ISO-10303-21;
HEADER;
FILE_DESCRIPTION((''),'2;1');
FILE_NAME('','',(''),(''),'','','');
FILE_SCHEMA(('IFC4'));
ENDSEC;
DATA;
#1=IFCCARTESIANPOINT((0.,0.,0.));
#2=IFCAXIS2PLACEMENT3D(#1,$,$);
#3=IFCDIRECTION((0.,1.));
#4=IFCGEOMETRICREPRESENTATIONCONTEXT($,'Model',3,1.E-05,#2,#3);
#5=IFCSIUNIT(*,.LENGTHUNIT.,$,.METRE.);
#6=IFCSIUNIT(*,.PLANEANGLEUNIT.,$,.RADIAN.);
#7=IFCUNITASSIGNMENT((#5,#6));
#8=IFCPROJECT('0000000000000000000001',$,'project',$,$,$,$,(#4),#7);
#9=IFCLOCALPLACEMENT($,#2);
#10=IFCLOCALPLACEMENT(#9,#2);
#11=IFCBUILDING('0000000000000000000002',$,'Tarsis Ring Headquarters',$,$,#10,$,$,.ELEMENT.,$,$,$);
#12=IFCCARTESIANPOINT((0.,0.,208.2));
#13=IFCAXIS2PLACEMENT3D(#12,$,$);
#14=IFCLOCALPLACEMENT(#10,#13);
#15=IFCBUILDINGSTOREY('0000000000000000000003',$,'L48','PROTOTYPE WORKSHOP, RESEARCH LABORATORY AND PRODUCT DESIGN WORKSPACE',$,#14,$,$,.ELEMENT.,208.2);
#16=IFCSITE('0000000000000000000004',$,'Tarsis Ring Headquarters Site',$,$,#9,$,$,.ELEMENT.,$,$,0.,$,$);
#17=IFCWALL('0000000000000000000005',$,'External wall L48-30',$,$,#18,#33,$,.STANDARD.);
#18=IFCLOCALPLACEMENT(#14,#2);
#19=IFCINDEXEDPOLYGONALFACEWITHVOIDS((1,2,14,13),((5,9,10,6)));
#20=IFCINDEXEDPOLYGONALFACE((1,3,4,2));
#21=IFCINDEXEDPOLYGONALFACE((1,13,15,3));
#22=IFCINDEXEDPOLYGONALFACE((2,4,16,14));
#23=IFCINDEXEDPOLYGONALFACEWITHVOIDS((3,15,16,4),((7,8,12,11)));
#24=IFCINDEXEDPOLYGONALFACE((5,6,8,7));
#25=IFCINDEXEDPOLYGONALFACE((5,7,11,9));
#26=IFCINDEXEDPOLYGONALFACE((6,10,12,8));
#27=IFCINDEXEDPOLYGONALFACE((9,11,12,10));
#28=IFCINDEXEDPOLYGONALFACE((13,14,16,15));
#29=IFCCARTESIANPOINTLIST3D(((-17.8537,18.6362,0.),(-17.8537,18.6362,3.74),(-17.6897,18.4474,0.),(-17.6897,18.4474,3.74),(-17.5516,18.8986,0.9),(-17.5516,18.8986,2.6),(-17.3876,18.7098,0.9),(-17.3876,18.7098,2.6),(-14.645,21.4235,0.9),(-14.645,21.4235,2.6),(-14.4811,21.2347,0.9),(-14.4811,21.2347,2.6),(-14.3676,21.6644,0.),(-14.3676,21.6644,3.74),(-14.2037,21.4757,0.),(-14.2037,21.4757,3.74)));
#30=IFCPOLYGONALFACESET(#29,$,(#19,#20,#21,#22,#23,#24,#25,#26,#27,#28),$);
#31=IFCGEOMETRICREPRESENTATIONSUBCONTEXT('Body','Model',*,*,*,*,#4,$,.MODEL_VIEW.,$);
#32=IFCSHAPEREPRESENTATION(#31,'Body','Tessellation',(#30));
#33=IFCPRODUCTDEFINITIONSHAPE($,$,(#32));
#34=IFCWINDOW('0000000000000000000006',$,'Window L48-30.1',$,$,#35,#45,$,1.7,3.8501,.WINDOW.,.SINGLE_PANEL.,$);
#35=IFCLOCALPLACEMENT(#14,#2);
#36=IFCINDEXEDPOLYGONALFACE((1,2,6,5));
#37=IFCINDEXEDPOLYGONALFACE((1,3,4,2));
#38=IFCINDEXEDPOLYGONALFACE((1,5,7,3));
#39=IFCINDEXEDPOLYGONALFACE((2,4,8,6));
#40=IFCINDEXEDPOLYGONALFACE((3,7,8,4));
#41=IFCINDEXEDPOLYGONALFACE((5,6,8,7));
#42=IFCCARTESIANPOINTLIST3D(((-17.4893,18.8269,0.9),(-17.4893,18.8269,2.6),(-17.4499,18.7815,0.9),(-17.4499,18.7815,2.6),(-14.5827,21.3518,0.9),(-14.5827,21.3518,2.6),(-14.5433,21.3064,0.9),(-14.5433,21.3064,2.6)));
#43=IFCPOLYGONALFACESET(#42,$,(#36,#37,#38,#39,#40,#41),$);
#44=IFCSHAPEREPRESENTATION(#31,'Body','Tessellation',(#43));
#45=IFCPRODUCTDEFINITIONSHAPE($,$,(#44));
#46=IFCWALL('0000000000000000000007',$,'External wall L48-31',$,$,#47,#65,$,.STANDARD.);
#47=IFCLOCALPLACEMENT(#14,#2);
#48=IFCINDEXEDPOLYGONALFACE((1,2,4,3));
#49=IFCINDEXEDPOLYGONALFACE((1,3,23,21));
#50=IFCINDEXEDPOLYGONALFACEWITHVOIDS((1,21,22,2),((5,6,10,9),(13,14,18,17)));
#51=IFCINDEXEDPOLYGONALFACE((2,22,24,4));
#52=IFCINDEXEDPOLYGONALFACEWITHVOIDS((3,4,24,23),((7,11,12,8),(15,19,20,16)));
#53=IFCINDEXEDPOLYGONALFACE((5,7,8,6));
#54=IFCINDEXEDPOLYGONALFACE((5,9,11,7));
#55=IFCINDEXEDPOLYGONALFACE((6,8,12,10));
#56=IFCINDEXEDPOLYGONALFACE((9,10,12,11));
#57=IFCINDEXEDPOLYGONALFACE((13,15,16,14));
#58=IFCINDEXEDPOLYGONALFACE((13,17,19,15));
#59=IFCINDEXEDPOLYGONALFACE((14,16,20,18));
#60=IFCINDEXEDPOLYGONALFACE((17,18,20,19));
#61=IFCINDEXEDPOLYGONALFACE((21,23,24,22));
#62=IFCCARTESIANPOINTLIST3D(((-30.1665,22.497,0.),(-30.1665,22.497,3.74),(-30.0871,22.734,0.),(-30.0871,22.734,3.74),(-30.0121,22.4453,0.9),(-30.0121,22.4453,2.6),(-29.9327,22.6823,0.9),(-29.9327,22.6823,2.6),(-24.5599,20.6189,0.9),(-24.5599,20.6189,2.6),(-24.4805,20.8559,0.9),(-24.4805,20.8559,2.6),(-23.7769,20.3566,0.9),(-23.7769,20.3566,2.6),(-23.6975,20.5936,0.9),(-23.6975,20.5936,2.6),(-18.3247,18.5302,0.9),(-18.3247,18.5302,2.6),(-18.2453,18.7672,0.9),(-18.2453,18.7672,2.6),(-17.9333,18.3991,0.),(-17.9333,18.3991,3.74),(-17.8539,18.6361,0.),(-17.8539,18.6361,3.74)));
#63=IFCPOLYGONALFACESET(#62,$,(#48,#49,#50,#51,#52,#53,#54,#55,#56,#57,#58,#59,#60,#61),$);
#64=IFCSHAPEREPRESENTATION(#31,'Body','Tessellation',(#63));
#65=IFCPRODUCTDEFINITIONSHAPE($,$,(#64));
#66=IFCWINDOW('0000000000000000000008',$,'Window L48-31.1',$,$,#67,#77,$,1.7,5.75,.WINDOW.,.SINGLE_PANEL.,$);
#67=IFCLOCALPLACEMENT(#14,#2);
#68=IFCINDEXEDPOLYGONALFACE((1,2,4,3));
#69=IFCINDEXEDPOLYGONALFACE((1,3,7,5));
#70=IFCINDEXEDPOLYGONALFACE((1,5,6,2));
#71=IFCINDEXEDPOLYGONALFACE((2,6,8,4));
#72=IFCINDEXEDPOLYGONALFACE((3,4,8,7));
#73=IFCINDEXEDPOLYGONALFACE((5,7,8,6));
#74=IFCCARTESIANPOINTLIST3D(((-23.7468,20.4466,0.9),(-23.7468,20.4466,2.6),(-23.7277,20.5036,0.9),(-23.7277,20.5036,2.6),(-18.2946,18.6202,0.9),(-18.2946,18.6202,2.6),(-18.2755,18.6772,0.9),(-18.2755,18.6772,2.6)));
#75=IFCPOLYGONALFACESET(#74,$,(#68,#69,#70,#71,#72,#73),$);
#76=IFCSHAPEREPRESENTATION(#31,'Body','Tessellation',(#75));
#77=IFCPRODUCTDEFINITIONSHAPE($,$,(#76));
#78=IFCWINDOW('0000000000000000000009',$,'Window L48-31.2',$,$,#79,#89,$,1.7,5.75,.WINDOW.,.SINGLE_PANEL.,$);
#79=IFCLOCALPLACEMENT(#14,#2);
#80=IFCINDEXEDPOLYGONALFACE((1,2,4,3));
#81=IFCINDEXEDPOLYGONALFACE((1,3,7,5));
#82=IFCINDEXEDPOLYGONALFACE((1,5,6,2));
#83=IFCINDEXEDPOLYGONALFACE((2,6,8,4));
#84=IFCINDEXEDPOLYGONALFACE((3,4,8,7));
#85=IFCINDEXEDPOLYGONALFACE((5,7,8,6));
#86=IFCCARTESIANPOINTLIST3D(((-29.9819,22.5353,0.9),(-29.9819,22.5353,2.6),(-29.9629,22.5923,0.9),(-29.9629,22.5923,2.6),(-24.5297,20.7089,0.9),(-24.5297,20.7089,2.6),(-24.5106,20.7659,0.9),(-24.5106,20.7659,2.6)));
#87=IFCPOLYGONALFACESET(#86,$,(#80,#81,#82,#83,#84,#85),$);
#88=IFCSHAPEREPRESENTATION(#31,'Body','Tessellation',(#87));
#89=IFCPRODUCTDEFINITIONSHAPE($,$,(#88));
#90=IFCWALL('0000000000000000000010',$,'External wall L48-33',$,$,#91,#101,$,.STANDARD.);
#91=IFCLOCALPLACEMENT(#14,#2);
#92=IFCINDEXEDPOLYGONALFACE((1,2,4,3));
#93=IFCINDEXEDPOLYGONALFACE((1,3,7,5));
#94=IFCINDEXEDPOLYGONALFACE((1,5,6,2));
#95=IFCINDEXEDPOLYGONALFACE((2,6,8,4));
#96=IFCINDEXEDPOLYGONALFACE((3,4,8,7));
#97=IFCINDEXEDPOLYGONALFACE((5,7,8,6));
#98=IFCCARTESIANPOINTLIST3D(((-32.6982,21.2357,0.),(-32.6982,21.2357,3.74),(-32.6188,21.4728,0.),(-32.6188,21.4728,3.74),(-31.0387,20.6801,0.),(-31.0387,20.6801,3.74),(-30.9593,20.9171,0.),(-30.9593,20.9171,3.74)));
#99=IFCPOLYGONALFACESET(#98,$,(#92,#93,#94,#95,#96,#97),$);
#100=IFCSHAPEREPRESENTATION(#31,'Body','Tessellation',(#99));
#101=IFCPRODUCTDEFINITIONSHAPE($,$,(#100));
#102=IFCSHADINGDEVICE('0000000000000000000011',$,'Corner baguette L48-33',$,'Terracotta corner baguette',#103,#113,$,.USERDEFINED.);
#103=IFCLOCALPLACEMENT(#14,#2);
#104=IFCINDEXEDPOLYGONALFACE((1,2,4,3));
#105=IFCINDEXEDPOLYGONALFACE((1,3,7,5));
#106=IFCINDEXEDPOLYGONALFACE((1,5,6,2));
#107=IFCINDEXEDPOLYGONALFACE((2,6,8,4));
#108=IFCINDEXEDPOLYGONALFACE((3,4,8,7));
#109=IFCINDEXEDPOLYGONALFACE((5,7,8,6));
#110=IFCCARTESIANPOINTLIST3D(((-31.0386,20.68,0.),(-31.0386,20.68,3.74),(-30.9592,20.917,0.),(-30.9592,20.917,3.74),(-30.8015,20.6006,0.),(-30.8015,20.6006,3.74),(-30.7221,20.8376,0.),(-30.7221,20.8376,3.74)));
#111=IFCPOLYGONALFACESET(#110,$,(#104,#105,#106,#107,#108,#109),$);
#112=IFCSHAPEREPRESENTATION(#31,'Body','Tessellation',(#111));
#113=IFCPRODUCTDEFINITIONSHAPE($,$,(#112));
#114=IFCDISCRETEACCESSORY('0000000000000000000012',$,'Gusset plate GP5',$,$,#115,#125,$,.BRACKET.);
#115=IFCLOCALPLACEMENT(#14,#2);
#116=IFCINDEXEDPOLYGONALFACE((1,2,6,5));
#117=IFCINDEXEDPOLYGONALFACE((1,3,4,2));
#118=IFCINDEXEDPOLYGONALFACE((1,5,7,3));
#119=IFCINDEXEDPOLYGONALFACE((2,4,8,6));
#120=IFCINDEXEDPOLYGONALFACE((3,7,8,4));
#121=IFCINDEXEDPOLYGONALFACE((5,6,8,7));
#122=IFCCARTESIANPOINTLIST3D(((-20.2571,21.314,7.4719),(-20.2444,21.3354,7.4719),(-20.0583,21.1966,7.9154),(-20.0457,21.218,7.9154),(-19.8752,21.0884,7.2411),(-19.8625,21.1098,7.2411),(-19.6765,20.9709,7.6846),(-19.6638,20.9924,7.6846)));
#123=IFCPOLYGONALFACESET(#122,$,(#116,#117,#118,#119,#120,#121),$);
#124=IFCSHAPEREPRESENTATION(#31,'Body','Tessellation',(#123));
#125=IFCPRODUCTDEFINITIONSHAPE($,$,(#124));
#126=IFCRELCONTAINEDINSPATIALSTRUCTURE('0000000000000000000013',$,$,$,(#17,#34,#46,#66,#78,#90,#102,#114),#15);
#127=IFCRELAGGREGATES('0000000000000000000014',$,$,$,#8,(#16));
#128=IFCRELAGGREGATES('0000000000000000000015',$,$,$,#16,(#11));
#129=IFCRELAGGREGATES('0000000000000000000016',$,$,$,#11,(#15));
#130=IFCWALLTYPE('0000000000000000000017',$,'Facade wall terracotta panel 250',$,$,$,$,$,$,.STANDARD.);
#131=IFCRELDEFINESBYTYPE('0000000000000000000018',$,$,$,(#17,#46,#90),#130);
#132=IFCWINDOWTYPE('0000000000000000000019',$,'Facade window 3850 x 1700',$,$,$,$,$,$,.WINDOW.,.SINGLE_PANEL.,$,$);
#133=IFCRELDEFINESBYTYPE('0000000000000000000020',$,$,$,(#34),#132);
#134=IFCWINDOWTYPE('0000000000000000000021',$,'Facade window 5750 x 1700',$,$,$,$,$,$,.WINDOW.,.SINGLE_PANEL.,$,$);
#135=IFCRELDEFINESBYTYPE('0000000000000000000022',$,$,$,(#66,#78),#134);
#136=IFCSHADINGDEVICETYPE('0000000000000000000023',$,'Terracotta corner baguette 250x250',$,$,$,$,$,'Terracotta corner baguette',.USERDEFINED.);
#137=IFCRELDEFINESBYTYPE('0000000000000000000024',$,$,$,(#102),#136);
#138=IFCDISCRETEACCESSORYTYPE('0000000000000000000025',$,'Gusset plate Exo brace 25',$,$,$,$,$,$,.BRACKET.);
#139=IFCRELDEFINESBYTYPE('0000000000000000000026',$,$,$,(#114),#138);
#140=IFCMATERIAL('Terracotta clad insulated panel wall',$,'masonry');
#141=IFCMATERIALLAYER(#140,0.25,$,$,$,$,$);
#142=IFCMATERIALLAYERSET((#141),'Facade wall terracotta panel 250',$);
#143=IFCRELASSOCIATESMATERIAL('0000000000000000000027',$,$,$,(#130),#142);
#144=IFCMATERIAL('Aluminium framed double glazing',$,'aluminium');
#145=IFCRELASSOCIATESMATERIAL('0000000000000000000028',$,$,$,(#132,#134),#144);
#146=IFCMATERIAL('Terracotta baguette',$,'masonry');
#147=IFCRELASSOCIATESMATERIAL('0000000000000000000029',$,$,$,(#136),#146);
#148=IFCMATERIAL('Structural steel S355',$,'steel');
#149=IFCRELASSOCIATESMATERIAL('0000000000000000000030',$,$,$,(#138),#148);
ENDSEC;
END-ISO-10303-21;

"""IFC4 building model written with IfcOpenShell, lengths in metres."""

from ifc_helpers import new_model, si_unit, direction, frame, frame_2d, origin, origin_2d, place, context, subcontext, project, spatial, rectangle, extrude, material, layer, layer_set, material_profile, profile_set, type_object, element, fill, save


model = new_model("IFC4")

# Units and contexts
model_context = context("Model", 3, precision=1e-05, world=origin(), true_north=direction((0.0, 1.0)))
body_context = subcontext(model_context, "Body", "Model", "MODEL_VIEW")
ifc_project = project(units=[si_unit("LENGTHUNIT", "METRE"), si_unit("PLANEANGLEUNIT", "RADIAN")], contexts=[model_context])

# Site, building, storey
site_placement = place(None, origin())
site = spatial("IfcSite", under=ifc_project, at=site_placement, Name="Tarsis Ring Headquarters Site", CompositionType="ELEMENT", RefElevation=0.0)
building_placement = place(site_placement, origin())
building = spatial("IfcBuilding", under=site, at=building_placement, Name="Tarsis Ring Headquarters", CompositionType="ELEMENT")
storey_placement = place(building_placement, frame((0.0, 0.0, 208.2)))
storey = spatial("IfcBuildingStorey", under=building, at=storey_placement, Name="L48", Description="PROTOTYPE WORKSHOP, RESEARCH LABORATORY AND PRODUCT DESIGN WORKSPACE", CompositionType="ELEMENT", Elevation=208.2)

# Shared definitions
ifc_material_1 = material(Name="Structural steel S355", Category="steel")

# Wall, opening, window
ifc_material_2 = material(Name="Terracotta clad insulated panel wall", Category="masonry")
ifc_layer_1 = layer(ifc_material_2, 0.25)
ifc_layer_set_1 = layer_set([ifc_layer_1], Name="Facade wall terracotta panel 250")
wall_type_1 = type_object("IfcWallType", Name="Facade wall terracotta panel 250", PredefinedType="STANDARD", material=ifc_layer_set_1)
wall_1_placement = place(storey_placement, frame((-14.2856, 21.5701, 0.0), z_axis=(0.0, 0.0, 1.0), x_axis=(-0.754933, -0.655802, 0.0)))
wall_1 = element("IfcWall", 1, at=wall_1_placement, inside=storey, type_object=wall_type_1, Name="External wall L48-30", PredefinedType="STANDARD", context=body_context, shape_type="SweptSolid", body=[
    extrude(rectangle(XDim=4.6177, YDim=0.25, at=frame_2d((2.3088, 0.0))), origin(), (0.0, 0.0, 1.0), 3.74),
])
opening_1_placement = place(wall_1_placement, frame((0.3674, 0.0, 0.8999)))
opening_1 = element("IfcOpeningElement", 2, at=opening_1_placement, cuts=wall_1, PredefinedType="OPENING", context=body_context, shape_type="SweptSolid", body=[
    extrude(rectangle(XDim=3.8501, YDim=1.7, at=frame_2d((1.925, 0.8501))), frame((0.0, 0.135, 0.0), z_axis=(0.0, -1.0, 0.0), x_axis=(1.0, 0.0, 0.0)), (0.0, 0.0, 1.0), 0.27),
])
ifc_material_3 = material(Name="Aluminium framed double glazing", Category="aluminium")
window_type_1 = type_object("IfcWindowType", Name="Facade window 3850 x 1700", PartitioningType="SINGLE_PANEL", PredefinedType="WINDOW", material=ifc_material_3)
window_1_placement = place(opening_1_placement, origin())
window_1 = element("IfcWindow", 3, at=window_1_placement, inside=storey, type_object=window_type_1, Name="Window L48-30.1", OverallHeight=1.7, OverallWidth=3.8501, PartitioningType="SINGLE_PANEL", PredefinedType="WINDOW", context=body_context, shape_type="SweptSolid", body=[
    extrude(rectangle(XDim=3.8501, YDim=1.7, at=frame_2d((1.925, 0.8501))), frame((0.0, 0.03, 0.0), z_axis=(0.0, -1.0, 0.0), x_axis=(1.0, 0.0, 0.0)), (0.0, 0.0, 1.0), 0.0601),
])
fill(opening_1, window_1)

# Wall, openings, windows
wall_2_placement = place(storey_placement, frame((-17.8936, 18.5176, 0.0), z_axis=(0.0, 0.0, 1.0), x_axis=(-0.948213, 0.317635, 0.0)))
wall_2 = element("IfcWall", 4, at=wall_2_placement, inside=storey, type_object=wall_type_1, Name="External wall L48-31", PredefinedType="STANDARD", context=body_context, shape_type="SweptSolid", body=[
    extrude(rectangle(XDim=12.9014, YDim=0.25, at=frame_2d((6.4507, 0.0))), origin(), (0.0, 0.0, 1.0), 3.74),
])
opening_2_placement = place(wall_2_placement, frame((0.4128, 0.0, 0.8999)))
opening_2 = element("IfcOpeningElement", 5, at=opening_2_placement, cuts=wall_2, PredefinedType="OPENING", context=body_context, shape_type="SweptSolid", body=[
    extrude(rectangle(XDim=5.75, YDim=1.7, at=frame_2d((2.875, 0.8501))), frame((0.0, 0.135, 0.0), z_axis=(0.0, -1.0, 0.0), x_axis=(1.0, 0.0, 0.0)), (0.0, 0.0, 1.0), 0.27),
])
opening_3_placement = place(wall_2_placement, frame((6.9885, 0.0, 0.8999)))
opening_3 = element("IfcOpeningElement", 6, at=opening_3_placement, cuts=wall_2, PredefinedType="OPENING", context=body_context, shape_type="SweptSolid", body=[
    extrude(rectangle(XDim=5.75, YDim=1.7, at=frame_2d((2.875, 0.8501))), frame((0.0, 0.135, 0.0), z_axis=(0.0, -1.0, 0.0), x_axis=(1.0, 0.0, 0.0)), (0.0, 0.0, 1.0), 0.27),
])
window_type_2 = type_object("IfcWindowType", Name="Facade window 5750 x 1700", PartitioningType="SINGLE_PANEL", PredefinedType="WINDOW", material=ifc_material_3)
window_2_placement = place(opening_2_placement, origin())
window_2 = element("IfcWindow", 7, at=window_2_placement, inside=storey, type_object=window_type_2, Name="Window L48-31.1", OverallHeight=1.7, OverallWidth=5.75, PartitioningType="SINGLE_PANEL", PredefinedType="WINDOW", context=body_context, shape_type="SweptSolid", body=[
    extrude(rectangle(XDim=5.75, YDim=1.7, at=frame_2d((2.875, 0.8501))), frame((0.0, 0.03, 0.0), z_axis=(0.0, -1.0, 0.0), x_axis=(1.0, 0.0, 0.0)), (0.0, 0.0, 1.0), 0.0601),
])
fill(opening_2, window_2)
window_3_placement = place(opening_3_placement, origin())
window_3 = element("IfcWindow", 8, at=window_3_placement, inside=storey, type_object=window_type_2, Name="Window L48-31.2", OverallHeight=1.7, OverallWidth=5.75, PartitioningType="SINGLE_PANEL", PredefinedType="WINDOW", context=body_context, shape_type="SweptSolid", body=[
    extrude(rectangle(XDim=5.75, YDim=1.7, at=frame_2d((2.875, 0.8501))), frame((0.0, 0.03, 0.0), z_axis=(0.0, -1.0, 0.0), x_axis=(1.0, 0.0, 0.0)), (0.0, 0.0, 1.0), 0.0601),
])
fill(opening_3, window_3)

# Wall
wall_3_placement = place(storey_placement, frame((-30.999, 20.7986, 0.0), z_axis=(0.0, 0.0, 1.0), x_axis=(-0.94825, 0.317525, 0.0)))
element("IfcWall", 9, at=wall_3_placement, inside=storey, type_object=wall_type_1, Name="External wall L48-33", PredefinedType="STANDARD", context=body_context, shape_type="SweptSolid", body=[
    extrude(rectangle(XDim=1.75, YDim=0.25, at=frame_2d((0.875, 0.0))), origin(), (0.0, 0.0, 1.0), 3.74),
])

# Shading device
ifc_material_4 = material(Name="Terracotta baguette", Category="masonry")
shading_device_type = type_object("IfcShadingDeviceType", Name="Terracotta corner baguette 250x250", ElementType="Terracotta corner baguette", PredefinedType="USERDEFINED", material=ifc_material_4)
shading_device_placement = place(storey_placement, frame((-30.8804, 20.7588, 0.0), z_axis=(0.0, 0.0, 1.0), x_axis=(-0.317636, -0.948213, 0.0)))
element("IfcShadingDevice", 10, at=shading_device_placement, inside=storey, type_object=shading_device_type, Name="Corner baguette L48-33", ObjectType="Terracotta corner baguette", PredefinedType="USERDEFINED", context=body_context, shape_type="SweptSolid", body=[
    extrude(rectangle(XDim=0.25, YDim=0.25, at=origin_2d()), origin(), (0.0, 0.0, 1.0), 3.74),
])

# Discrete accessory
ifc_material_profile_1 = material_profile(ifc_material_1, rectangle(XDim=0.0249, YDim=0.5, at=origin_2d()), Name="PL 25x500")
ifc_profile_set_1 = profile_set([ifc_material_profile_1], Name="Structural steel S355")
discrete_accessory_type = type_object("IfcDiscreteAccessoryType", Name="Gusset plate Exo brace 25", PredefinedType="BRACKET", material=ifc_profile_set_1)
discrete_accessory_placement = place(storey_placement, frame((-19.8611, 21.0945, 7.8), z_axis=(-0.397407, 0.234831, -0.887086), x_axis=(-0.508729, -0.860927, 0.0)))
element("IfcDiscreteAccessory", 11, at=discrete_accessory_placement, inside=storey, type_object=discrete_accessory_type, Name="Gusset plate GP5", PredefinedType="BRACKET", context=body_context, shape_type="SweptSolid", body=[
    extrude(rectangle(XDim=0.0249, YDim=0.5, at=origin_2d()), origin(), (0.0, 0.0, 1.0), 0.5),
])

save(model, "model.ifc")
